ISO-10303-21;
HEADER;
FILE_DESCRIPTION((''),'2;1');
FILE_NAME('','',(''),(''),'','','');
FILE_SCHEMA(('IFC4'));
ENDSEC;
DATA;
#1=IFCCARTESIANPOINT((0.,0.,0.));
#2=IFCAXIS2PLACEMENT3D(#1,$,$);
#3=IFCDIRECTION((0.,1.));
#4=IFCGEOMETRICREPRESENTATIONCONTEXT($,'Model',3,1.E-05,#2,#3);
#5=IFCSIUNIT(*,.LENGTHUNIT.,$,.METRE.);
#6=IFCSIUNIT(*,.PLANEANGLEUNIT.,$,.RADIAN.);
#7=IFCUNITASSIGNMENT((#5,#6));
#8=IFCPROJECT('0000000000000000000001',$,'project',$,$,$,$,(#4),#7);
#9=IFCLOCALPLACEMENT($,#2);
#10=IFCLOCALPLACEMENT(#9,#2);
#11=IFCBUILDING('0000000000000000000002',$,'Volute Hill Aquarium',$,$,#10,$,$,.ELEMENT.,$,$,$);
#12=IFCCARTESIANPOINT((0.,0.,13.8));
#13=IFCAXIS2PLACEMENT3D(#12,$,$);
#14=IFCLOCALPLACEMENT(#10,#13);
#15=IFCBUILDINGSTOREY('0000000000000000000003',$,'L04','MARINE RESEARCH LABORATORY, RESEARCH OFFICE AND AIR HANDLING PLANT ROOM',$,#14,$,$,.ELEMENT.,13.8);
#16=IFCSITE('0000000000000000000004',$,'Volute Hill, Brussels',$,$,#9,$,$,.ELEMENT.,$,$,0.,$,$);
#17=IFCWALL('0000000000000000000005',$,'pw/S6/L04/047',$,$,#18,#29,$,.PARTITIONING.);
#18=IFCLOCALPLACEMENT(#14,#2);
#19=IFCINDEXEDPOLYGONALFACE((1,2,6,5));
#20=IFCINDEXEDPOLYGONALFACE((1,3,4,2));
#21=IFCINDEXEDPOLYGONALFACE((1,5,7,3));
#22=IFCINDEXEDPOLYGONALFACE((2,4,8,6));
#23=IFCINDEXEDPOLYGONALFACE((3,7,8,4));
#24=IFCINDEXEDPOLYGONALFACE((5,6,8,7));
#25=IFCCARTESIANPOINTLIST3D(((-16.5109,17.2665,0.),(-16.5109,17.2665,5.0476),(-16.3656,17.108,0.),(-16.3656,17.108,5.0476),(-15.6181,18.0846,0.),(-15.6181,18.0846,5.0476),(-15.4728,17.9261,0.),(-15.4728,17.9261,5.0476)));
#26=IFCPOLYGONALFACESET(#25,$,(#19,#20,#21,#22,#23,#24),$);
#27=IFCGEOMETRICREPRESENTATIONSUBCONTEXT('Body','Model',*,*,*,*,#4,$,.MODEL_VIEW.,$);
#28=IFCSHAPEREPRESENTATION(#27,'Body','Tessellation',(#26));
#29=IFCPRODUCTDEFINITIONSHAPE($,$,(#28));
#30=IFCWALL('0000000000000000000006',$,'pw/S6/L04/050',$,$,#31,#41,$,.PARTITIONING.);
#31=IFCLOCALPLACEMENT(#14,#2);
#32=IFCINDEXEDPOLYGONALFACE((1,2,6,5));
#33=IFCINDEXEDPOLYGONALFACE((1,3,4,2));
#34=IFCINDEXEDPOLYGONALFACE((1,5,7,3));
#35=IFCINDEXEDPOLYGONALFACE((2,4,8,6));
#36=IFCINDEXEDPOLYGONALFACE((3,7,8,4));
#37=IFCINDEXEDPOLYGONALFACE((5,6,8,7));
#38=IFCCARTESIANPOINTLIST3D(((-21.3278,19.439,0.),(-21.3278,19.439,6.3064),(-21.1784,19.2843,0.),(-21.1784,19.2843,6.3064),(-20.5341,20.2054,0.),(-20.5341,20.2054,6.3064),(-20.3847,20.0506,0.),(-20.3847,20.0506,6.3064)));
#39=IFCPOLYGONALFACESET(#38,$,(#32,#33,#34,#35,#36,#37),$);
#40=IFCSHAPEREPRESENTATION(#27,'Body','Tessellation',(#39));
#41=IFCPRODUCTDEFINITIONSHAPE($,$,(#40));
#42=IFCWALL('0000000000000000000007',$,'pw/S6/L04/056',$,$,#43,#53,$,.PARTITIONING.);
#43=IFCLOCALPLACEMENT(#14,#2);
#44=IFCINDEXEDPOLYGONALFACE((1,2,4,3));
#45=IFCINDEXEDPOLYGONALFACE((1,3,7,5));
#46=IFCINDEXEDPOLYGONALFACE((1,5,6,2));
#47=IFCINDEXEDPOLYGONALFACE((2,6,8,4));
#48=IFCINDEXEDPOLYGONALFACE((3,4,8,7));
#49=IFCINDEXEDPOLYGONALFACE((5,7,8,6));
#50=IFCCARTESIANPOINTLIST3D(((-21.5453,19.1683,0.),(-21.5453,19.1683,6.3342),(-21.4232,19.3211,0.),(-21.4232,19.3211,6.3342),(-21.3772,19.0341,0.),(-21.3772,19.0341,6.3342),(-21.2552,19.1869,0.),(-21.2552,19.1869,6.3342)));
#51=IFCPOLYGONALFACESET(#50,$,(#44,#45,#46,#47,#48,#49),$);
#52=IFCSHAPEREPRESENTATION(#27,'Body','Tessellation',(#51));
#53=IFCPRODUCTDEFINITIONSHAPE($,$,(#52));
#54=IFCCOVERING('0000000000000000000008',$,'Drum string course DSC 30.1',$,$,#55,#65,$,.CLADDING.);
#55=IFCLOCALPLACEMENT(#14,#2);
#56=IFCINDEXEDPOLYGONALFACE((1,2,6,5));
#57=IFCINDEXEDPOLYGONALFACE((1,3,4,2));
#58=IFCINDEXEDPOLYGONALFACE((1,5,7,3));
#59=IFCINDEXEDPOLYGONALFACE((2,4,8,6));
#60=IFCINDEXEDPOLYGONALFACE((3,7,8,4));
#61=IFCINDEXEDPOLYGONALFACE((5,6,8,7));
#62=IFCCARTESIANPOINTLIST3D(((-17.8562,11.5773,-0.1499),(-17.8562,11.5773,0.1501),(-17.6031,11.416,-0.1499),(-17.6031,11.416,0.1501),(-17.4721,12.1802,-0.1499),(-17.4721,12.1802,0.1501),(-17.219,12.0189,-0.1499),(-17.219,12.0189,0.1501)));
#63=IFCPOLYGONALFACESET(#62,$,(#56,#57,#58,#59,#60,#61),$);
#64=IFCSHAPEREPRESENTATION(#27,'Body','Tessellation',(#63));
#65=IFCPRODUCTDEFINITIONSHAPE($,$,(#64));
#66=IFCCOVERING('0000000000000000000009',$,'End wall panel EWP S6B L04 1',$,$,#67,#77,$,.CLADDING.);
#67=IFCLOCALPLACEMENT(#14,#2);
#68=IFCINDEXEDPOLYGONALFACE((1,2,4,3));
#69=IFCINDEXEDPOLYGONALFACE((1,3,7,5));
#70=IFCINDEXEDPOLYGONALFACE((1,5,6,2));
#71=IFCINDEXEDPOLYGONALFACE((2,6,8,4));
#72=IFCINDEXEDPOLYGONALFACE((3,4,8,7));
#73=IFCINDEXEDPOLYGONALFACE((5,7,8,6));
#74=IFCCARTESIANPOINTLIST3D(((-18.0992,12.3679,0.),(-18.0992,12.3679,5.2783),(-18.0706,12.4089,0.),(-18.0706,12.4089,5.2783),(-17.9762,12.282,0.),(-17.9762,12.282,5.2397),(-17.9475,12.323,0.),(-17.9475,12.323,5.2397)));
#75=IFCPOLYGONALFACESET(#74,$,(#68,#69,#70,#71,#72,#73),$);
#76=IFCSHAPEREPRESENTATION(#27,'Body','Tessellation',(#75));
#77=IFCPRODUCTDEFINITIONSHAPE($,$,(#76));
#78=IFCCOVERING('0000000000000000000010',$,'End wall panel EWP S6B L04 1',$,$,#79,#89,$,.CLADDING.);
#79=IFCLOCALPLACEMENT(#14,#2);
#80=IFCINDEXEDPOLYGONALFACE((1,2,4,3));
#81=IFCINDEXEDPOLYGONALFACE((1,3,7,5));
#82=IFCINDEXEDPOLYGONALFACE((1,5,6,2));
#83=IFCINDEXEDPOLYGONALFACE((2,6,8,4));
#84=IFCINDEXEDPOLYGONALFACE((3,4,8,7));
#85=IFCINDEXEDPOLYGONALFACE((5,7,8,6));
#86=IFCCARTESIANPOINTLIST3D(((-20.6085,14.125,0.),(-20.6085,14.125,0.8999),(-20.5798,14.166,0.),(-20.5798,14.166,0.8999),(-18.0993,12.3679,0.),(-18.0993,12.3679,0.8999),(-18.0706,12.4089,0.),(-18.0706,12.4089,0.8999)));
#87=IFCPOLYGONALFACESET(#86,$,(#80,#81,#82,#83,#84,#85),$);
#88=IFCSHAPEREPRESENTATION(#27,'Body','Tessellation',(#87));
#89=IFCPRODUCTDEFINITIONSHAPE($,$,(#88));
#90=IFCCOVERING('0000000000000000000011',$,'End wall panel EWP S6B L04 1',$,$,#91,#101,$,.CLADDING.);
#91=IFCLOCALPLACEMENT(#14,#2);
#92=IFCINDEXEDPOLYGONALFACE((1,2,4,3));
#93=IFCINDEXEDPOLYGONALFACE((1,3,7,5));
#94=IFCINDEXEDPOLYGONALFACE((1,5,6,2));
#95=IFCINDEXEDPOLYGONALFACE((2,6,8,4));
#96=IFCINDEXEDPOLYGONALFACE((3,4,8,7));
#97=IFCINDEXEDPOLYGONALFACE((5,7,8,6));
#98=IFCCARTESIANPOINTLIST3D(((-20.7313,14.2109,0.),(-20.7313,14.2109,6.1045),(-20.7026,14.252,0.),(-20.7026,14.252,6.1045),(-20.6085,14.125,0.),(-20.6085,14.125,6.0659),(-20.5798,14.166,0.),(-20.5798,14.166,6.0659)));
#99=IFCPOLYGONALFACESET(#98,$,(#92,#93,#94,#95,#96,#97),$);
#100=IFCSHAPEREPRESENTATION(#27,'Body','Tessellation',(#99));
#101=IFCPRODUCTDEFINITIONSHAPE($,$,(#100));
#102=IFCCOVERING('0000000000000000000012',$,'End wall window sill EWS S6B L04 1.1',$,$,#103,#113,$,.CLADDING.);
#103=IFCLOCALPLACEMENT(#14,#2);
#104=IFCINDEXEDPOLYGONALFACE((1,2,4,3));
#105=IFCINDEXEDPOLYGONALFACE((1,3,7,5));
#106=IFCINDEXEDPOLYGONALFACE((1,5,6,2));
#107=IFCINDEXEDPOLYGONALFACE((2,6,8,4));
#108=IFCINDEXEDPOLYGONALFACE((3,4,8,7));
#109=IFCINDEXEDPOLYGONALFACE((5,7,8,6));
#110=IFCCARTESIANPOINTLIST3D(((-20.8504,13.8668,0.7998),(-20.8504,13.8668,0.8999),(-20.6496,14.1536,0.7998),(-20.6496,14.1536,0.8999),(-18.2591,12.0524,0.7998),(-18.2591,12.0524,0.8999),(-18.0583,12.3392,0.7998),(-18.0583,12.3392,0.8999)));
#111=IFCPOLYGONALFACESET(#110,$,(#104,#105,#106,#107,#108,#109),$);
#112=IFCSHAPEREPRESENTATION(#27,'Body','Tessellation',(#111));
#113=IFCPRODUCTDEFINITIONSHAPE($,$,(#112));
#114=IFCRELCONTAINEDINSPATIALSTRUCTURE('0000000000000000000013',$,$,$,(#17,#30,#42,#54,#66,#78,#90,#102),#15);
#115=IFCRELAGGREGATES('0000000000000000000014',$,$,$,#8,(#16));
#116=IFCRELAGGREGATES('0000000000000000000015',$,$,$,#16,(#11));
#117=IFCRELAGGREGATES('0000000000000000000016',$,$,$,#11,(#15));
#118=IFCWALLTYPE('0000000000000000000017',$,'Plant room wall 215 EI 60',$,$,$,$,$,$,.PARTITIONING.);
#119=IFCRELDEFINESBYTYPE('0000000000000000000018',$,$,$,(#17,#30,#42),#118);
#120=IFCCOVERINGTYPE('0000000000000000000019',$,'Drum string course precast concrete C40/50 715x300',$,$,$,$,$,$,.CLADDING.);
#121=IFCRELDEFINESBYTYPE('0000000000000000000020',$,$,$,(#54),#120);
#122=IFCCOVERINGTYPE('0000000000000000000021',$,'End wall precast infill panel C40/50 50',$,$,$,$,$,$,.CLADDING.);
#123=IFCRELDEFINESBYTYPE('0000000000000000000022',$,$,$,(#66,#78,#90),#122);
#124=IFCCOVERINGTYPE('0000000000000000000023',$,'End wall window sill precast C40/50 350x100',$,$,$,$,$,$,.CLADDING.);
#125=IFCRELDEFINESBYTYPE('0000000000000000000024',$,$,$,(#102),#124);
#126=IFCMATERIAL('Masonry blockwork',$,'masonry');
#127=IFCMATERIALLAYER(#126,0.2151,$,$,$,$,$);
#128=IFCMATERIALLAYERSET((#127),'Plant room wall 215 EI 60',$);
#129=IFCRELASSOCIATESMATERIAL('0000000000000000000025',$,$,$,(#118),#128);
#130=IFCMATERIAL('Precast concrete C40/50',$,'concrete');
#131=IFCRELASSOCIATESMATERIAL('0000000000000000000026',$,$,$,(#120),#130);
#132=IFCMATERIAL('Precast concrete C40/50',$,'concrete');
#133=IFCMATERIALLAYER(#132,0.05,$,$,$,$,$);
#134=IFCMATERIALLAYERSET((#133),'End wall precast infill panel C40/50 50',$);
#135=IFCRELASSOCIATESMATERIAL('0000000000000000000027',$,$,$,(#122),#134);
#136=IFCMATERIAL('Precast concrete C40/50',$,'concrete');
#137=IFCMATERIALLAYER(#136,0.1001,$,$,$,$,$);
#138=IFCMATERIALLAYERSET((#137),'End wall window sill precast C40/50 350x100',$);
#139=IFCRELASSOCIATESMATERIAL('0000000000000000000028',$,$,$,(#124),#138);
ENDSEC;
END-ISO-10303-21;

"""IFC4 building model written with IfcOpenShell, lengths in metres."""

from ifc_helpers import new_model, si_unit, direction, frame, frame_2d, origin, origin_2d, place, context, subcontext, project, spatial, polyline, rectangle, outline, extrude, material, layer, layer_set, type_object, element, save


model = new_model("IFC4")

# Units and contexts
model_context = context("Model", 3, precision=1e-05, world=origin(), true_north=direction((0.0, 1.0)))
body_context = subcontext(model_context, "Body", "Model", "MODEL_VIEW")
ifc_project = project(units=[si_unit("LENGTHUNIT", "METRE"), si_unit("PLANEANGLEUNIT", "RADIAN")], contexts=[model_context])

# Site, building, storey
site_placement = place(None, origin())
site = spatial("IfcSite", under=ifc_project, at=site_placement, Name="Volute Hill, Brussels", CompositionType="ELEMENT", RefElevation=0.0)
building_placement = place(site_placement, origin())
building = spatial("IfcBuilding", under=site, at=building_placement, Name="Volute Hill Aquarium", CompositionType="ELEMENT")
storey_placement = place(building_placement, frame((0.0, 0.0, 13.8)))
storey = spatial("IfcBuildingStorey", under=building, at=storey_placement, Name="L04", Description="MARINE RESEARCH LABORATORY, RESEARCH OFFICE AND AIR HANDLING PLANT ROOM", CompositionType="ELEMENT", Elevation=13.8)

# Walls
ifc_material_1 = material(Name="Masonry blockwork", Category="masonry")
ifc_layer_1 = layer(ifc_material_1, 0.2151)
ifc_layer_set_1 = layer_set([ifc_layer_1], Name="Plant room wall 215 EI 60")
wall_type_1 = type_object("IfcWallType", Name="Plant room wall 215 EI 60", PredefinedType="PARTITIONING", material=ifc_layer_set_1)
wall_1_placement = place(storey_placement, frame((-16.4382, 17.1873, 0.0), z_axis=(0.0, 0.0, 1.0), x_axis=(0.73728, 0.675588, 0.0)))
element("IfcWall", 1, at=wall_1_placement, inside=storey, type_object=wall_type_1, Name="pw/S6/L04/047", PredefinedType="PARTITIONING", context=body_context, shape_type="SweptSolid", body=[
    extrude(rectangle(XDim=1.2109, YDim=0.2151, at=frame_2d((0.6055, 0.0))), origin(), (0.0, 0.0, 1.0), 5.0476),
])
wall_2_placement = place(storey_placement, frame((-21.2532, 19.3616, 0.0), z_axis=(0.0, 0.0, 1.0), x_axis=(0.71939, 0.694606, 0.0)))
element("IfcWall", 2, at=wall_2_placement, inside=storey, type_object=wall_type_1, Name="pw/S6/L04/050", PredefinedType="PARTITIONING", context=body_context, shape_type="SweptSolid", body=[
    extrude(rectangle(XDim=1.1033, YDim=0.2151, at=frame_2d((0.5518, 0.0))), origin(), (0.0, 0.0, 1.0), 6.3064),
])
wall_3_placement = place(storey_placement, frame((-21.4612, 19.1013, 0.0), z_axis=(0.0, 0.0, 1.0), x_axis=(0.624086, 0.781356, 0.0)))
element("IfcWall", 3, at=wall_3_placement, inside=storey, type_object=wall_type_1, Name="pw/S6/L04/056", PredefinedType="PARTITIONING", context=body_context, shape_type="SweptSolid", body=[
    extrude(rectangle(XDim=0.1956, YDim=0.2151, at=frame_2d((0.0977, 0.0))), origin(), (0.0, 0.0, 1.0), 6.3342),
])

# Coverings
ifc_material_2 = material(Name="Precast concrete C40/50", Category="concrete")
covering_type_1 = type_object("IfcCoveringType", Name="Drum string course precast concrete C40/50 715x300", PredefinedType="CLADDING", material=ifc_material_2)
covering_1_placement = place(storey_placement, frame((-17.5376, 11.7981, -0.1499), z_axis=(0.0, 0.0, 1.0), x_axis=(-0.5373, -0.843391, 0.0)))
element("IfcCovering", 4, at=covering_1_placement, inside=storey, type_object=covering_type_1, Name="Drum string course DSC 30.1", PredefinedType="CLADDING", context=body_context, shape_type="SweptSolid", body=[
    extrude(rectangle(XDim=0.7148, YDim=0.3, at=origin_2d()), origin(), (0.0, 0.0, 1.0), 0.3),
])
ifc_material_3 = material(Name="Precast concrete C40/50", Category="concrete")
ifc_layer_2 = layer(ifc_material_3, 0.05)
ifc_layer_set_2 = layer_set([ifc_layer_2], Name="End wall precast infill panel C40/50 50")
covering_type_2 = type_object("IfcCoveringType", Name="End wall precast infill panel C40/50 50", PredefinedType="CLADDING", material=ifc_layer_set_2)
covering_2_placement = place(storey_placement, frame((-17.9475, 12.323, 0.0), z_axis=(0.572589, 0.819843, 0.0), x_axis=(-0.819843, 0.572589, 0.0)))
element("IfcCovering", 5, at=covering_2_placement, inside=storey, type_object=covering_type_2, Name="End wall panel EWP S6B L04 1", PredefinedType="CLADDING", context=body_context, shape_type="SweptSolid", body=[
    extrude(outline(polyline([(0.0, 0.0), (0.1501, 0.0), (0.1501, 5.2783), (0.0, 5.2397), (0.0, 0.0)])), origin(), (0.0, 0.0, -1.0), 0.05),
])
covering_3_placement = place(storey_placement, frame((-18.0706, 12.4089, 0.0), z_axis=(0.573591, 0.819142, 0.0), x_axis=(-0.819142, 0.573591, 0.0)))
element("IfcCovering", 6, at=covering_3_placement, inside=storey, type_object=covering_type_2, Name="End wall panel EWP S6B L04 1", PredefinedType="CLADDING", context=body_context, shape_type="SweptSolid", body=[
    extrude(outline(polyline([(0.0, 0.0), (3.0633, 0.0), (3.0633, 0.8999), (0.0, 0.8999), (0.0, 0.0)])), origin(), (0.0, 0.0, -1.0), 0.05),
])
covering_4_placement = place(storey_placement, frame((-20.5798, 14.166, 0.0), z_axis=(0.573353, 0.819308, 0.0), x_axis=(-0.819308, 0.573353, 0.0)))
element("IfcCovering", 7, at=covering_4_placement, inside=storey, type_object=covering_type_2, Name="End wall panel EWP S6B L04 1", PredefinedType="CLADDING", context=body_context, shape_type="SweptSolid", body=[
    extrude(outline(polyline([(0.0, 0.0), (0.1499, 0.0), (0.1499, 6.1045), (0.0, 6.0659), (0.0, 0.0)])), origin(), (0.0, 0.0, -1.0), 0.05),
])
ifc_material_4 = material(Name="Precast concrete C40/50", Category="concrete")
ifc_layer_3 = layer(ifc_material_4, 0.1001)
ifc_layer_set_3 = layer_set([ifc_layer_3], Name="End wall window sill precast C40/50 350x100")
covering_type_3 = type_object("IfcCoveringType", Name="End wall window sill precast C40/50 350x100", PredefinedType="CLADDING", material=ifc_layer_set_3)
covering_5_placement = place(storey_placement, frame((-19.4543, 13.103, 0.7998), z_axis=(0.0, 0.0, 1.0), x_axis=(-0.819151, 0.573577, 0.0)))
element("IfcCovering", 8, at=covering_5_placement, inside=storey, type_object=covering_type_3, Name="End wall window sill EWS S6B L04 1.1", PredefinedType="CLADDING", context=body_context, shape_type="SweptSolid", body=[
    extrude(rectangle(XDim=3.1633, YDim=0.3501, at=origin_2d()), origin(), (0.0, 0.0, 1.0), 0.1001),
])

save(model, "model.ifc")
